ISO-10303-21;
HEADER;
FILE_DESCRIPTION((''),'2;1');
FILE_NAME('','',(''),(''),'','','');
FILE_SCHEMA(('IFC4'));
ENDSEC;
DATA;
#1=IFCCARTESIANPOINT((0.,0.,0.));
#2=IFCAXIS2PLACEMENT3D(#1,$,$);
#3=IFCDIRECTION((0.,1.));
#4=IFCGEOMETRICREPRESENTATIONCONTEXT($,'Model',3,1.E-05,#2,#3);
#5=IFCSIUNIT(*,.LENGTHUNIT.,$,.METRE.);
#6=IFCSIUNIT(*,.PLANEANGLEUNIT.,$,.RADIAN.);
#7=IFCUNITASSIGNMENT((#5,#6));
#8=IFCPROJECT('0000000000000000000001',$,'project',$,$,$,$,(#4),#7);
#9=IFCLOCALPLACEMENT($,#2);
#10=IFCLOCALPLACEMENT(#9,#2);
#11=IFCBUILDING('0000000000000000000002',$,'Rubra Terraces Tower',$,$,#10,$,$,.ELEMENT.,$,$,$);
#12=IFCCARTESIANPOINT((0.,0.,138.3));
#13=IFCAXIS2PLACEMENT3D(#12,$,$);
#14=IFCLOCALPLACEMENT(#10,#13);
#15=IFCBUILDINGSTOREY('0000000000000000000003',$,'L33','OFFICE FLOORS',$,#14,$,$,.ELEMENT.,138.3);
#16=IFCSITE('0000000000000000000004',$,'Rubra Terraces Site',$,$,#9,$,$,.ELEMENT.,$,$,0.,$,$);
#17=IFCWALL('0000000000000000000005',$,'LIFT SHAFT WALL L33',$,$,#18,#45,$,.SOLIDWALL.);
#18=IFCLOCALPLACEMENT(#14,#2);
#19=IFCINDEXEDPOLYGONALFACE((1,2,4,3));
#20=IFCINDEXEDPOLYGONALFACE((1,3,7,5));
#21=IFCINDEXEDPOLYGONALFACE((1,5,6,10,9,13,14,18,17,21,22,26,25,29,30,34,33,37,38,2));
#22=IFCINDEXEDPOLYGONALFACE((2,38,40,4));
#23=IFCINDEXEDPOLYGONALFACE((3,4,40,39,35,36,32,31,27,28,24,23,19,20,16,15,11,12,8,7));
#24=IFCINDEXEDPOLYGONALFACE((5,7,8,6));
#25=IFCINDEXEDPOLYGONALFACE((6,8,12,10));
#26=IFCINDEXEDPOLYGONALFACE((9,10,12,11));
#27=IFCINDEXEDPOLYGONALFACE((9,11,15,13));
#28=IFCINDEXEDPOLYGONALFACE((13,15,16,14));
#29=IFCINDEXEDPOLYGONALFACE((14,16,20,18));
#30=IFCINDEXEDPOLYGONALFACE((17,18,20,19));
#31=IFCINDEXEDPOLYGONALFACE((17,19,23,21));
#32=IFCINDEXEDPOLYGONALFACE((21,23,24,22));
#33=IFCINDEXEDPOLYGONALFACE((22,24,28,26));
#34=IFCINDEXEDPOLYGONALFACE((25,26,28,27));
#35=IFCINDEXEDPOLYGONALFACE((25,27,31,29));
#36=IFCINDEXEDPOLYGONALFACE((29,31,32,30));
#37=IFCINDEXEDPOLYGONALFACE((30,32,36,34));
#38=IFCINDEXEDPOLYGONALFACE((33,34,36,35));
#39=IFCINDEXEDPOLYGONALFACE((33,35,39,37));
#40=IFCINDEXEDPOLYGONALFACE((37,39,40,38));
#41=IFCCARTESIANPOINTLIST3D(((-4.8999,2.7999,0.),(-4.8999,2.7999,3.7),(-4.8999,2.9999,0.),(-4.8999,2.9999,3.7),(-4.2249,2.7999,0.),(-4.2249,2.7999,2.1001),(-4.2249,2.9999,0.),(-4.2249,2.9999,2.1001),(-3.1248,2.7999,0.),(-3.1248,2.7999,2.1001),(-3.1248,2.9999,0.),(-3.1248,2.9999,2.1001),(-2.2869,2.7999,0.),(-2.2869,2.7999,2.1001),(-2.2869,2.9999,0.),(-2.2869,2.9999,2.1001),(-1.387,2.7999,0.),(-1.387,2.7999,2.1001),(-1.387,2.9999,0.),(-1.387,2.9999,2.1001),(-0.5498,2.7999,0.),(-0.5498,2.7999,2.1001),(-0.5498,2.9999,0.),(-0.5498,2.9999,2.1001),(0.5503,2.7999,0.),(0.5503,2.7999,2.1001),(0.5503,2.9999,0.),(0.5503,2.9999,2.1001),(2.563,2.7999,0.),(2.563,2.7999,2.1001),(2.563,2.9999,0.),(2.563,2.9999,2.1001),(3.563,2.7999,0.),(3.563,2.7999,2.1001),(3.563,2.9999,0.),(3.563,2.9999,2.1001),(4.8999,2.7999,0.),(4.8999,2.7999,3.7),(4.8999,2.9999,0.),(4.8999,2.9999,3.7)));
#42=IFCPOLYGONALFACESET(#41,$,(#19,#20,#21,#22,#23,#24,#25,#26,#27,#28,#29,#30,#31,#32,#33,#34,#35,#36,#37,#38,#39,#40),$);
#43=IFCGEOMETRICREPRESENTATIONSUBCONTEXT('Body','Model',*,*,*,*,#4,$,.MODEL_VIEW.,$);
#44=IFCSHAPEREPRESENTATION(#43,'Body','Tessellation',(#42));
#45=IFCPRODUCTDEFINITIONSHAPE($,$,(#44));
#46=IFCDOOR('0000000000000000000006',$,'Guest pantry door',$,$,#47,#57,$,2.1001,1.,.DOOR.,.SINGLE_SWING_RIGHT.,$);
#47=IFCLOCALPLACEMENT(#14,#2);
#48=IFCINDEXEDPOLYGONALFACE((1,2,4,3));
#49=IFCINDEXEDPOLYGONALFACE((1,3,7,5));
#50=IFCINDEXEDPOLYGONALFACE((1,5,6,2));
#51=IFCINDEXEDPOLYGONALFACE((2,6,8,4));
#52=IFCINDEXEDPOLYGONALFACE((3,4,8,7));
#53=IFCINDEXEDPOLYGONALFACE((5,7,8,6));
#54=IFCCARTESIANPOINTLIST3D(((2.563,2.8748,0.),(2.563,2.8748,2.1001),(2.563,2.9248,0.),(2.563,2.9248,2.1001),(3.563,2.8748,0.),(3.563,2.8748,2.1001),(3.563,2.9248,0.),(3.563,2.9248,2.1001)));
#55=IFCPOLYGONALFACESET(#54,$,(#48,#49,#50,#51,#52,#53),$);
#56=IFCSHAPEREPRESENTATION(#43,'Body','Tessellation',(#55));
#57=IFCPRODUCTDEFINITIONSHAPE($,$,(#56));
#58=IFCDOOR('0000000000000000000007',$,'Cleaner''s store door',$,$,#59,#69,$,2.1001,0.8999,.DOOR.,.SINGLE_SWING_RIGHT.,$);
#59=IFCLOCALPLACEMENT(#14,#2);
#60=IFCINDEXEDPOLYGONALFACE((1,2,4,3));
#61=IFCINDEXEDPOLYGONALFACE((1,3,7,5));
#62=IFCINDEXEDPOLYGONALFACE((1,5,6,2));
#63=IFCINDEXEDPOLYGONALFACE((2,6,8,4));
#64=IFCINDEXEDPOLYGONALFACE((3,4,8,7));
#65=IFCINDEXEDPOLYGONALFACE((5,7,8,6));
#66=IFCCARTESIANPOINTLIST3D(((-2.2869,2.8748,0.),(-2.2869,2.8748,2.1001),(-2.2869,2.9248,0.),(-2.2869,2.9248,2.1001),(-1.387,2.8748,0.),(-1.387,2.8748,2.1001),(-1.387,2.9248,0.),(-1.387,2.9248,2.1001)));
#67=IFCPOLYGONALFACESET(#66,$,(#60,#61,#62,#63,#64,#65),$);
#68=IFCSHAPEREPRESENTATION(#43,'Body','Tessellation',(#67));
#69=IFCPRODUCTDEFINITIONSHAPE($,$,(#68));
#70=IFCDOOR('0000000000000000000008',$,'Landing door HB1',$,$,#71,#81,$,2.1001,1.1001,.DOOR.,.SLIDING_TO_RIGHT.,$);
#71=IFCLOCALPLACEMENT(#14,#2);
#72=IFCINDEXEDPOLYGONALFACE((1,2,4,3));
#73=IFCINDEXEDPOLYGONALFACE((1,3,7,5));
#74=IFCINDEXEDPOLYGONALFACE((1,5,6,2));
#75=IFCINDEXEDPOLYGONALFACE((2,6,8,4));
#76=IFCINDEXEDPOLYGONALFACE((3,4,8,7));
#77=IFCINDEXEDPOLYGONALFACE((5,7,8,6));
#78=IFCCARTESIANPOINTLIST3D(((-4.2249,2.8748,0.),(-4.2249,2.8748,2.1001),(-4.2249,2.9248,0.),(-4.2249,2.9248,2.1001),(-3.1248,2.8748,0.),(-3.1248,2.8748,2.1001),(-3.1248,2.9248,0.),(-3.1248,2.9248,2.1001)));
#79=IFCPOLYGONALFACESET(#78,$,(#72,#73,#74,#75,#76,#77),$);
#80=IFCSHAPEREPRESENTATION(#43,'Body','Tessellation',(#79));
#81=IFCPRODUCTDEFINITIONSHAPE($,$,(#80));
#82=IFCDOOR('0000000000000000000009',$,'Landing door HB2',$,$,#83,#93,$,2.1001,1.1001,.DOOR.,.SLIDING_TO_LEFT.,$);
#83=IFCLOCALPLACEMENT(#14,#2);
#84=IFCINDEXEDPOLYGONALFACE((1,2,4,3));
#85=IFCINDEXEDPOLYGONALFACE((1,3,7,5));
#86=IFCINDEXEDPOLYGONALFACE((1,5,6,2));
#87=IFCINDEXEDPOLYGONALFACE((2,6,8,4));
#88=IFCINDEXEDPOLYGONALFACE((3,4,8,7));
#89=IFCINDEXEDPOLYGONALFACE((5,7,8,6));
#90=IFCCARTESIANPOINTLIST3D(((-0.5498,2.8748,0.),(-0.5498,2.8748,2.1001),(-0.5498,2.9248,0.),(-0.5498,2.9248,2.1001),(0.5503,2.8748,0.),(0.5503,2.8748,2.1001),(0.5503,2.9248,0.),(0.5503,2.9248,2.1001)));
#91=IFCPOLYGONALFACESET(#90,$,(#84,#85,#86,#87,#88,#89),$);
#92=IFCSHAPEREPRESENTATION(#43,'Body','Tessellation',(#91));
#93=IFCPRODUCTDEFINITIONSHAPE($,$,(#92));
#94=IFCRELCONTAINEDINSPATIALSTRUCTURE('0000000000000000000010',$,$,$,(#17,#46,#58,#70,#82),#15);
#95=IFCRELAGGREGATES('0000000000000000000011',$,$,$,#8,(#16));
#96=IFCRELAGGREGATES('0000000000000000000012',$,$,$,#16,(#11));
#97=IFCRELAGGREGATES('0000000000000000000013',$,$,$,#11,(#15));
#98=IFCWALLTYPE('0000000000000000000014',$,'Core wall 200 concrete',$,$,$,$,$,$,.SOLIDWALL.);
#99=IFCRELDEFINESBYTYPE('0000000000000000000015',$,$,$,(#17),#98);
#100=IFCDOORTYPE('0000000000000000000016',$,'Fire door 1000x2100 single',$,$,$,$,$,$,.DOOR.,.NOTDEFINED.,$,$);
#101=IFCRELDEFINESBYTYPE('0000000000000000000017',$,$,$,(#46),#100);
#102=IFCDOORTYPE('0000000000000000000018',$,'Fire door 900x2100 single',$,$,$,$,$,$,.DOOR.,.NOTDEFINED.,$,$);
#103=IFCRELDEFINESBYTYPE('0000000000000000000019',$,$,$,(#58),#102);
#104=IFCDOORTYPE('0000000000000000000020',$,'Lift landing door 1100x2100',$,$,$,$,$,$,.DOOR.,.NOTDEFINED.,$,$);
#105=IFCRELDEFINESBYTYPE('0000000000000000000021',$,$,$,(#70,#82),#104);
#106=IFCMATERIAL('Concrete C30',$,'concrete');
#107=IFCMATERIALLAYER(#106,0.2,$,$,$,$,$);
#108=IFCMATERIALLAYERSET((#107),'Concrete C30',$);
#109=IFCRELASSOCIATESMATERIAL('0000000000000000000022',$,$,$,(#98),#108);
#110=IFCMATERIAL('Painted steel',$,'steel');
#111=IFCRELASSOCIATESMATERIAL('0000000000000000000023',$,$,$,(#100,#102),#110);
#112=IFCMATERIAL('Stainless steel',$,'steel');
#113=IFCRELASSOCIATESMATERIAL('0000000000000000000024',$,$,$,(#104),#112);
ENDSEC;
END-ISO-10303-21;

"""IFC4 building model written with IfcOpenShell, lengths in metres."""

from ifc_helpers import new_model, si_unit, direction, frame, frame_2d, origin, place, context, subcontext, project, spatial, rectangle, extrude, material, layer, layer_set, type_object, element, fill, save


model = new_model("IFC4")

# Units and contexts
model_context = context("Model", 3, precision=1e-05, world=origin(), true_north=direction((0.0, 1.0)))
body_context = subcontext(model_context, "Body", "Model", "MODEL_VIEW")
ifc_project = project(units=[si_unit("LENGTHUNIT", "METRE"), si_unit("PLANEANGLEUNIT", "RADIAN")], contexts=[model_context])

# Site, building, storey
site_placement = place(None, origin())
site = spatial("IfcSite", under=ifc_project, at=site_placement, Name="Rubra Terraces Site", CompositionType="ELEMENT", RefElevation=0.0)
building_placement = place(site_placement, origin())
building = spatial("IfcBuilding", under=site, at=building_placement, Name="Rubra Terraces Tower", CompositionType="ELEMENT")
storey_placement = place(building_placement, frame((0.0, 0.0, 138.3)))
storey = spatial("IfcBuildingStorey", under=building, at=storey_placement, Name="L33", Description="OFFICE FLOORS", CompositionType="ELEMENT", Elevation=138.3)

# Shared definitions
ifc_material_1 = material(Name="Concrete C30", Category="concrete")
ifc_layer_1 = layer(ifc_material_1, 0.2)
ifc_layer_set_1 = layer_set([ifc_layer_1], Name="Concrete C30")
wall_type_1 = type_object("IfcWallType", Name="Core wall 200 concrete", PredefinedType="SOLIDWALL", material=ifc_layer_set_1)
ifc_material_2 = material(Name="Painted steel", Category="steel")
ifc_material_3 = material(Name="Stainless steel", Category="steel")

# Wall, openings, doors
wall_1_placement = place(storey_placement, frame((-4.8999, 2.8999, 0.0), z_axis=(0.0, 0.0, 1.0), x_axis=(1.0, 0.0, 0.0)))
wall_1 = element("IfcWall", 1, at=wall_1_placement, inside=storey, type_object=wall_type_1, Name="LIFT SHAFT WALL L33", PredefinedType="SOLIDWALL", context=body_context, shape_type="SweptSolid", body=[
    extrude(rectangle(XDim=9.7998, YDim=0.2, at=frame_2d((4.8999, 0.0))), origin(), (0.0, 0.0, 1.0), 3.7),
])
opening_1_placement = place(wall_1_placement, frame((0.675, 0.0, 0.0)))
opening_1 = element("IfcOpeningElement", 2, at=opening_1_placement, cuts=wall_1, PredefinedType="OPENING", context=body_context, shape_type="SweptSolid", body=[
    extrude(rectangle(XDim=1.1001, YDim=2.1001, at=frame_2d((0.55, 1.05))), frame((0.0, 0.1099, 0.0), z_axis=(0.0, -1.0, 0.0), x_axis=(1.0, 0.0, 0.0)), (0.0, 0.0, 1.0), 0.22),
])
opening_2_placement = place(wall_1_placement, frame((2.613, 0.0, 0.0)))
opening_2 = element("IfcOpeningElement", 3, at=opening_2_placement, cuts=wall_1, PredefinedType="OPENING", context=body_context, shape_type="SweptSolid", body=[
    extrude(rectangle(XDim=0.8999, YDim=2.1001, at=frame_2d((0.45, 1.05))), frame((0.0, 0.1099, 0.0), z_axis=(0.0, -1.0, 0.0), x_axis=(1.0, 0.0, 0.0)), (0.0, 0.0, 1.0), 0.22),
])
opening_3_placement = place(wall_1_placement, frame((4.3501, 0.0, 0.0)))
opening_3 = element("IfcOpeningElement", 4, at=opening_3_placement, cuts=wall_1, PredefinedType="OPENING", context=body_context, shape_type="SweptSolid", body=[
    extrude(rectangle(XDim=1.1001, YDim=2.1001, at=frame_2d((0.55, 1.05))), frame((0.0, 0.1099, 0.0), z_axis=(0.0, -1.0, 0.0), x_axis=(1.0, 0.0, 0.0)), (0.0, 0.0, 1.0), 0.22),
])
opening_4_placement = place(wall_1_placement, frame((7.4629, 0.0, 0.0)))
opening_4 = element("IfcOpeningElement", 5, at=opening_4_placement, cuts=wall_1, PredefinedType="OPENING", context=body_context, shape_type="SweptSolid", body=[
    extrude(rectangle(XDim=1.0, YDim=2.1001, at=frame_2d((0.5, 1.05))), frame((0.0, 0.1099, 0.0), z_axis=(0.0, -1.0, 0.0), x_axis=(1.0, 0.0, 0.0)), (0.0, 0.0, 1.0), 0.22),
])
door_type_1 = type_object("IfcDoorType", Name="Fire door 1000x2100 single", OperationType="NOTDEFINED", PredefinedType="DOOR", material=ifc_material_2)
door_1_placement = place(opening_4_placement, origin())
door_1 = element("IfcDoor", 6, at=door_1_placement, inside=storey, type_object=door_type_1, Name="Guest pantry door", OperationType="SINGLE_SWING_RIGHT", OverallHeight=2.1001, OverallWidth=1.0, PredefinedType="DOOR", context=body_context, shape_type="SweptSolid", body=[
    extrude(rectangle(XDim=1.0, YDim=2.1001, at=frame_2d((0.5, 1.05))), frame((0.0, 0.0249, 0.0), z_axis=(0.0, -1.0, 0.0), x_axis=(1.0, 0.0, 0.0)), (0.0, 0.0, 1.0), 0.05),
])
fill(opening_4, door_1)
door_type_2 = type_object("IfcDoorType", Name="Fire door 900x2100 single", OperationType="NOTDEFINED", PredefinedType="DOOR", material=ifc_material_2)
door_2_placement = place(opening_2_placement, origin())
door_2 = element("IfcDoor", 7, at=door_2_placement, inside=storey, type_object=door_type_2, Name="Cleaner's store door", OperationType="SINGLE_SWING_RIGHT", OverallHeight=2.1001, OverallWidth=0.8999, PredefinedType="DOOR", context=body_context, shape_type="SweptSolid", body=[
    extrude(rectangle(XDim=0.8999, YDim=2.1001, at=frame_2d((0.45, 1.05))), frame((0.0, 0.0249, 0.0), z_axis=(0.0, -1.0, 0.0), x_axis=(1.0, 0.0, 0.0)), (0.0, 0.0, 1.0), 0.05),
])
fill(opening_2, door_2)
door_type_3 = type_object("IfcDoorType", Name="Lift landing door 1100x2100", OperationType="NOTDEFINED", PredefinedType="DOOR", material=ifc_material_3)
door_3_placement = place(opening_1_placement, origin())
door_3 = element("IfcDoor", 8, at=door_3_placement, inside=storey, type_object=door_type_3, Name="Landing door HB1", OperationType="SLIDING_TO_RIGHT", OverallHeight=2.1001, OverallWidth=1.1001, PredefinedType="DOOR", context=body_context, shape_type="SweptSolid", body=[
    extrude(rectangle(XDim=1.1001, YDim=2.1001, at=frame_2d((0.55, 1.05))), frame((0.0, 0.0249, 0.0), z_axis=(0.0, -1.0, 0.0), x_axis=(1.0, 0.0, 0.0)), (0.0, 0.0, 1.0), 0.05),
])
fill(opening_1, door_3)
door_4_placement = place(opening_3_placement, origin())
door_4 = element("IfcDoor", 9, at=door_4_placement, inside=storey, type_object=door_type_3, Name="Landing door HB2", OperationType="SLIDING_TO_LEFT", OverallHeight=2.1001, OverallWidth=1.1001, PredefinedType="DOOR", context=body_context, shape_type="SweptSolid", body=[
    extrude(rectangle(XDim=1.1001, YDim=2.1001, at=frame_2d((0.55, 1.05))), frame((0.0, 0.0249, 0.0), z_axis=(0.0, -1.0, 0.0), x_axis=(1.0, 0.0, 0.0)), (0.0, 0.0, 1.0), 0.05),
])
fill(opening_3, door_4)

save(model, "model.ifc")
